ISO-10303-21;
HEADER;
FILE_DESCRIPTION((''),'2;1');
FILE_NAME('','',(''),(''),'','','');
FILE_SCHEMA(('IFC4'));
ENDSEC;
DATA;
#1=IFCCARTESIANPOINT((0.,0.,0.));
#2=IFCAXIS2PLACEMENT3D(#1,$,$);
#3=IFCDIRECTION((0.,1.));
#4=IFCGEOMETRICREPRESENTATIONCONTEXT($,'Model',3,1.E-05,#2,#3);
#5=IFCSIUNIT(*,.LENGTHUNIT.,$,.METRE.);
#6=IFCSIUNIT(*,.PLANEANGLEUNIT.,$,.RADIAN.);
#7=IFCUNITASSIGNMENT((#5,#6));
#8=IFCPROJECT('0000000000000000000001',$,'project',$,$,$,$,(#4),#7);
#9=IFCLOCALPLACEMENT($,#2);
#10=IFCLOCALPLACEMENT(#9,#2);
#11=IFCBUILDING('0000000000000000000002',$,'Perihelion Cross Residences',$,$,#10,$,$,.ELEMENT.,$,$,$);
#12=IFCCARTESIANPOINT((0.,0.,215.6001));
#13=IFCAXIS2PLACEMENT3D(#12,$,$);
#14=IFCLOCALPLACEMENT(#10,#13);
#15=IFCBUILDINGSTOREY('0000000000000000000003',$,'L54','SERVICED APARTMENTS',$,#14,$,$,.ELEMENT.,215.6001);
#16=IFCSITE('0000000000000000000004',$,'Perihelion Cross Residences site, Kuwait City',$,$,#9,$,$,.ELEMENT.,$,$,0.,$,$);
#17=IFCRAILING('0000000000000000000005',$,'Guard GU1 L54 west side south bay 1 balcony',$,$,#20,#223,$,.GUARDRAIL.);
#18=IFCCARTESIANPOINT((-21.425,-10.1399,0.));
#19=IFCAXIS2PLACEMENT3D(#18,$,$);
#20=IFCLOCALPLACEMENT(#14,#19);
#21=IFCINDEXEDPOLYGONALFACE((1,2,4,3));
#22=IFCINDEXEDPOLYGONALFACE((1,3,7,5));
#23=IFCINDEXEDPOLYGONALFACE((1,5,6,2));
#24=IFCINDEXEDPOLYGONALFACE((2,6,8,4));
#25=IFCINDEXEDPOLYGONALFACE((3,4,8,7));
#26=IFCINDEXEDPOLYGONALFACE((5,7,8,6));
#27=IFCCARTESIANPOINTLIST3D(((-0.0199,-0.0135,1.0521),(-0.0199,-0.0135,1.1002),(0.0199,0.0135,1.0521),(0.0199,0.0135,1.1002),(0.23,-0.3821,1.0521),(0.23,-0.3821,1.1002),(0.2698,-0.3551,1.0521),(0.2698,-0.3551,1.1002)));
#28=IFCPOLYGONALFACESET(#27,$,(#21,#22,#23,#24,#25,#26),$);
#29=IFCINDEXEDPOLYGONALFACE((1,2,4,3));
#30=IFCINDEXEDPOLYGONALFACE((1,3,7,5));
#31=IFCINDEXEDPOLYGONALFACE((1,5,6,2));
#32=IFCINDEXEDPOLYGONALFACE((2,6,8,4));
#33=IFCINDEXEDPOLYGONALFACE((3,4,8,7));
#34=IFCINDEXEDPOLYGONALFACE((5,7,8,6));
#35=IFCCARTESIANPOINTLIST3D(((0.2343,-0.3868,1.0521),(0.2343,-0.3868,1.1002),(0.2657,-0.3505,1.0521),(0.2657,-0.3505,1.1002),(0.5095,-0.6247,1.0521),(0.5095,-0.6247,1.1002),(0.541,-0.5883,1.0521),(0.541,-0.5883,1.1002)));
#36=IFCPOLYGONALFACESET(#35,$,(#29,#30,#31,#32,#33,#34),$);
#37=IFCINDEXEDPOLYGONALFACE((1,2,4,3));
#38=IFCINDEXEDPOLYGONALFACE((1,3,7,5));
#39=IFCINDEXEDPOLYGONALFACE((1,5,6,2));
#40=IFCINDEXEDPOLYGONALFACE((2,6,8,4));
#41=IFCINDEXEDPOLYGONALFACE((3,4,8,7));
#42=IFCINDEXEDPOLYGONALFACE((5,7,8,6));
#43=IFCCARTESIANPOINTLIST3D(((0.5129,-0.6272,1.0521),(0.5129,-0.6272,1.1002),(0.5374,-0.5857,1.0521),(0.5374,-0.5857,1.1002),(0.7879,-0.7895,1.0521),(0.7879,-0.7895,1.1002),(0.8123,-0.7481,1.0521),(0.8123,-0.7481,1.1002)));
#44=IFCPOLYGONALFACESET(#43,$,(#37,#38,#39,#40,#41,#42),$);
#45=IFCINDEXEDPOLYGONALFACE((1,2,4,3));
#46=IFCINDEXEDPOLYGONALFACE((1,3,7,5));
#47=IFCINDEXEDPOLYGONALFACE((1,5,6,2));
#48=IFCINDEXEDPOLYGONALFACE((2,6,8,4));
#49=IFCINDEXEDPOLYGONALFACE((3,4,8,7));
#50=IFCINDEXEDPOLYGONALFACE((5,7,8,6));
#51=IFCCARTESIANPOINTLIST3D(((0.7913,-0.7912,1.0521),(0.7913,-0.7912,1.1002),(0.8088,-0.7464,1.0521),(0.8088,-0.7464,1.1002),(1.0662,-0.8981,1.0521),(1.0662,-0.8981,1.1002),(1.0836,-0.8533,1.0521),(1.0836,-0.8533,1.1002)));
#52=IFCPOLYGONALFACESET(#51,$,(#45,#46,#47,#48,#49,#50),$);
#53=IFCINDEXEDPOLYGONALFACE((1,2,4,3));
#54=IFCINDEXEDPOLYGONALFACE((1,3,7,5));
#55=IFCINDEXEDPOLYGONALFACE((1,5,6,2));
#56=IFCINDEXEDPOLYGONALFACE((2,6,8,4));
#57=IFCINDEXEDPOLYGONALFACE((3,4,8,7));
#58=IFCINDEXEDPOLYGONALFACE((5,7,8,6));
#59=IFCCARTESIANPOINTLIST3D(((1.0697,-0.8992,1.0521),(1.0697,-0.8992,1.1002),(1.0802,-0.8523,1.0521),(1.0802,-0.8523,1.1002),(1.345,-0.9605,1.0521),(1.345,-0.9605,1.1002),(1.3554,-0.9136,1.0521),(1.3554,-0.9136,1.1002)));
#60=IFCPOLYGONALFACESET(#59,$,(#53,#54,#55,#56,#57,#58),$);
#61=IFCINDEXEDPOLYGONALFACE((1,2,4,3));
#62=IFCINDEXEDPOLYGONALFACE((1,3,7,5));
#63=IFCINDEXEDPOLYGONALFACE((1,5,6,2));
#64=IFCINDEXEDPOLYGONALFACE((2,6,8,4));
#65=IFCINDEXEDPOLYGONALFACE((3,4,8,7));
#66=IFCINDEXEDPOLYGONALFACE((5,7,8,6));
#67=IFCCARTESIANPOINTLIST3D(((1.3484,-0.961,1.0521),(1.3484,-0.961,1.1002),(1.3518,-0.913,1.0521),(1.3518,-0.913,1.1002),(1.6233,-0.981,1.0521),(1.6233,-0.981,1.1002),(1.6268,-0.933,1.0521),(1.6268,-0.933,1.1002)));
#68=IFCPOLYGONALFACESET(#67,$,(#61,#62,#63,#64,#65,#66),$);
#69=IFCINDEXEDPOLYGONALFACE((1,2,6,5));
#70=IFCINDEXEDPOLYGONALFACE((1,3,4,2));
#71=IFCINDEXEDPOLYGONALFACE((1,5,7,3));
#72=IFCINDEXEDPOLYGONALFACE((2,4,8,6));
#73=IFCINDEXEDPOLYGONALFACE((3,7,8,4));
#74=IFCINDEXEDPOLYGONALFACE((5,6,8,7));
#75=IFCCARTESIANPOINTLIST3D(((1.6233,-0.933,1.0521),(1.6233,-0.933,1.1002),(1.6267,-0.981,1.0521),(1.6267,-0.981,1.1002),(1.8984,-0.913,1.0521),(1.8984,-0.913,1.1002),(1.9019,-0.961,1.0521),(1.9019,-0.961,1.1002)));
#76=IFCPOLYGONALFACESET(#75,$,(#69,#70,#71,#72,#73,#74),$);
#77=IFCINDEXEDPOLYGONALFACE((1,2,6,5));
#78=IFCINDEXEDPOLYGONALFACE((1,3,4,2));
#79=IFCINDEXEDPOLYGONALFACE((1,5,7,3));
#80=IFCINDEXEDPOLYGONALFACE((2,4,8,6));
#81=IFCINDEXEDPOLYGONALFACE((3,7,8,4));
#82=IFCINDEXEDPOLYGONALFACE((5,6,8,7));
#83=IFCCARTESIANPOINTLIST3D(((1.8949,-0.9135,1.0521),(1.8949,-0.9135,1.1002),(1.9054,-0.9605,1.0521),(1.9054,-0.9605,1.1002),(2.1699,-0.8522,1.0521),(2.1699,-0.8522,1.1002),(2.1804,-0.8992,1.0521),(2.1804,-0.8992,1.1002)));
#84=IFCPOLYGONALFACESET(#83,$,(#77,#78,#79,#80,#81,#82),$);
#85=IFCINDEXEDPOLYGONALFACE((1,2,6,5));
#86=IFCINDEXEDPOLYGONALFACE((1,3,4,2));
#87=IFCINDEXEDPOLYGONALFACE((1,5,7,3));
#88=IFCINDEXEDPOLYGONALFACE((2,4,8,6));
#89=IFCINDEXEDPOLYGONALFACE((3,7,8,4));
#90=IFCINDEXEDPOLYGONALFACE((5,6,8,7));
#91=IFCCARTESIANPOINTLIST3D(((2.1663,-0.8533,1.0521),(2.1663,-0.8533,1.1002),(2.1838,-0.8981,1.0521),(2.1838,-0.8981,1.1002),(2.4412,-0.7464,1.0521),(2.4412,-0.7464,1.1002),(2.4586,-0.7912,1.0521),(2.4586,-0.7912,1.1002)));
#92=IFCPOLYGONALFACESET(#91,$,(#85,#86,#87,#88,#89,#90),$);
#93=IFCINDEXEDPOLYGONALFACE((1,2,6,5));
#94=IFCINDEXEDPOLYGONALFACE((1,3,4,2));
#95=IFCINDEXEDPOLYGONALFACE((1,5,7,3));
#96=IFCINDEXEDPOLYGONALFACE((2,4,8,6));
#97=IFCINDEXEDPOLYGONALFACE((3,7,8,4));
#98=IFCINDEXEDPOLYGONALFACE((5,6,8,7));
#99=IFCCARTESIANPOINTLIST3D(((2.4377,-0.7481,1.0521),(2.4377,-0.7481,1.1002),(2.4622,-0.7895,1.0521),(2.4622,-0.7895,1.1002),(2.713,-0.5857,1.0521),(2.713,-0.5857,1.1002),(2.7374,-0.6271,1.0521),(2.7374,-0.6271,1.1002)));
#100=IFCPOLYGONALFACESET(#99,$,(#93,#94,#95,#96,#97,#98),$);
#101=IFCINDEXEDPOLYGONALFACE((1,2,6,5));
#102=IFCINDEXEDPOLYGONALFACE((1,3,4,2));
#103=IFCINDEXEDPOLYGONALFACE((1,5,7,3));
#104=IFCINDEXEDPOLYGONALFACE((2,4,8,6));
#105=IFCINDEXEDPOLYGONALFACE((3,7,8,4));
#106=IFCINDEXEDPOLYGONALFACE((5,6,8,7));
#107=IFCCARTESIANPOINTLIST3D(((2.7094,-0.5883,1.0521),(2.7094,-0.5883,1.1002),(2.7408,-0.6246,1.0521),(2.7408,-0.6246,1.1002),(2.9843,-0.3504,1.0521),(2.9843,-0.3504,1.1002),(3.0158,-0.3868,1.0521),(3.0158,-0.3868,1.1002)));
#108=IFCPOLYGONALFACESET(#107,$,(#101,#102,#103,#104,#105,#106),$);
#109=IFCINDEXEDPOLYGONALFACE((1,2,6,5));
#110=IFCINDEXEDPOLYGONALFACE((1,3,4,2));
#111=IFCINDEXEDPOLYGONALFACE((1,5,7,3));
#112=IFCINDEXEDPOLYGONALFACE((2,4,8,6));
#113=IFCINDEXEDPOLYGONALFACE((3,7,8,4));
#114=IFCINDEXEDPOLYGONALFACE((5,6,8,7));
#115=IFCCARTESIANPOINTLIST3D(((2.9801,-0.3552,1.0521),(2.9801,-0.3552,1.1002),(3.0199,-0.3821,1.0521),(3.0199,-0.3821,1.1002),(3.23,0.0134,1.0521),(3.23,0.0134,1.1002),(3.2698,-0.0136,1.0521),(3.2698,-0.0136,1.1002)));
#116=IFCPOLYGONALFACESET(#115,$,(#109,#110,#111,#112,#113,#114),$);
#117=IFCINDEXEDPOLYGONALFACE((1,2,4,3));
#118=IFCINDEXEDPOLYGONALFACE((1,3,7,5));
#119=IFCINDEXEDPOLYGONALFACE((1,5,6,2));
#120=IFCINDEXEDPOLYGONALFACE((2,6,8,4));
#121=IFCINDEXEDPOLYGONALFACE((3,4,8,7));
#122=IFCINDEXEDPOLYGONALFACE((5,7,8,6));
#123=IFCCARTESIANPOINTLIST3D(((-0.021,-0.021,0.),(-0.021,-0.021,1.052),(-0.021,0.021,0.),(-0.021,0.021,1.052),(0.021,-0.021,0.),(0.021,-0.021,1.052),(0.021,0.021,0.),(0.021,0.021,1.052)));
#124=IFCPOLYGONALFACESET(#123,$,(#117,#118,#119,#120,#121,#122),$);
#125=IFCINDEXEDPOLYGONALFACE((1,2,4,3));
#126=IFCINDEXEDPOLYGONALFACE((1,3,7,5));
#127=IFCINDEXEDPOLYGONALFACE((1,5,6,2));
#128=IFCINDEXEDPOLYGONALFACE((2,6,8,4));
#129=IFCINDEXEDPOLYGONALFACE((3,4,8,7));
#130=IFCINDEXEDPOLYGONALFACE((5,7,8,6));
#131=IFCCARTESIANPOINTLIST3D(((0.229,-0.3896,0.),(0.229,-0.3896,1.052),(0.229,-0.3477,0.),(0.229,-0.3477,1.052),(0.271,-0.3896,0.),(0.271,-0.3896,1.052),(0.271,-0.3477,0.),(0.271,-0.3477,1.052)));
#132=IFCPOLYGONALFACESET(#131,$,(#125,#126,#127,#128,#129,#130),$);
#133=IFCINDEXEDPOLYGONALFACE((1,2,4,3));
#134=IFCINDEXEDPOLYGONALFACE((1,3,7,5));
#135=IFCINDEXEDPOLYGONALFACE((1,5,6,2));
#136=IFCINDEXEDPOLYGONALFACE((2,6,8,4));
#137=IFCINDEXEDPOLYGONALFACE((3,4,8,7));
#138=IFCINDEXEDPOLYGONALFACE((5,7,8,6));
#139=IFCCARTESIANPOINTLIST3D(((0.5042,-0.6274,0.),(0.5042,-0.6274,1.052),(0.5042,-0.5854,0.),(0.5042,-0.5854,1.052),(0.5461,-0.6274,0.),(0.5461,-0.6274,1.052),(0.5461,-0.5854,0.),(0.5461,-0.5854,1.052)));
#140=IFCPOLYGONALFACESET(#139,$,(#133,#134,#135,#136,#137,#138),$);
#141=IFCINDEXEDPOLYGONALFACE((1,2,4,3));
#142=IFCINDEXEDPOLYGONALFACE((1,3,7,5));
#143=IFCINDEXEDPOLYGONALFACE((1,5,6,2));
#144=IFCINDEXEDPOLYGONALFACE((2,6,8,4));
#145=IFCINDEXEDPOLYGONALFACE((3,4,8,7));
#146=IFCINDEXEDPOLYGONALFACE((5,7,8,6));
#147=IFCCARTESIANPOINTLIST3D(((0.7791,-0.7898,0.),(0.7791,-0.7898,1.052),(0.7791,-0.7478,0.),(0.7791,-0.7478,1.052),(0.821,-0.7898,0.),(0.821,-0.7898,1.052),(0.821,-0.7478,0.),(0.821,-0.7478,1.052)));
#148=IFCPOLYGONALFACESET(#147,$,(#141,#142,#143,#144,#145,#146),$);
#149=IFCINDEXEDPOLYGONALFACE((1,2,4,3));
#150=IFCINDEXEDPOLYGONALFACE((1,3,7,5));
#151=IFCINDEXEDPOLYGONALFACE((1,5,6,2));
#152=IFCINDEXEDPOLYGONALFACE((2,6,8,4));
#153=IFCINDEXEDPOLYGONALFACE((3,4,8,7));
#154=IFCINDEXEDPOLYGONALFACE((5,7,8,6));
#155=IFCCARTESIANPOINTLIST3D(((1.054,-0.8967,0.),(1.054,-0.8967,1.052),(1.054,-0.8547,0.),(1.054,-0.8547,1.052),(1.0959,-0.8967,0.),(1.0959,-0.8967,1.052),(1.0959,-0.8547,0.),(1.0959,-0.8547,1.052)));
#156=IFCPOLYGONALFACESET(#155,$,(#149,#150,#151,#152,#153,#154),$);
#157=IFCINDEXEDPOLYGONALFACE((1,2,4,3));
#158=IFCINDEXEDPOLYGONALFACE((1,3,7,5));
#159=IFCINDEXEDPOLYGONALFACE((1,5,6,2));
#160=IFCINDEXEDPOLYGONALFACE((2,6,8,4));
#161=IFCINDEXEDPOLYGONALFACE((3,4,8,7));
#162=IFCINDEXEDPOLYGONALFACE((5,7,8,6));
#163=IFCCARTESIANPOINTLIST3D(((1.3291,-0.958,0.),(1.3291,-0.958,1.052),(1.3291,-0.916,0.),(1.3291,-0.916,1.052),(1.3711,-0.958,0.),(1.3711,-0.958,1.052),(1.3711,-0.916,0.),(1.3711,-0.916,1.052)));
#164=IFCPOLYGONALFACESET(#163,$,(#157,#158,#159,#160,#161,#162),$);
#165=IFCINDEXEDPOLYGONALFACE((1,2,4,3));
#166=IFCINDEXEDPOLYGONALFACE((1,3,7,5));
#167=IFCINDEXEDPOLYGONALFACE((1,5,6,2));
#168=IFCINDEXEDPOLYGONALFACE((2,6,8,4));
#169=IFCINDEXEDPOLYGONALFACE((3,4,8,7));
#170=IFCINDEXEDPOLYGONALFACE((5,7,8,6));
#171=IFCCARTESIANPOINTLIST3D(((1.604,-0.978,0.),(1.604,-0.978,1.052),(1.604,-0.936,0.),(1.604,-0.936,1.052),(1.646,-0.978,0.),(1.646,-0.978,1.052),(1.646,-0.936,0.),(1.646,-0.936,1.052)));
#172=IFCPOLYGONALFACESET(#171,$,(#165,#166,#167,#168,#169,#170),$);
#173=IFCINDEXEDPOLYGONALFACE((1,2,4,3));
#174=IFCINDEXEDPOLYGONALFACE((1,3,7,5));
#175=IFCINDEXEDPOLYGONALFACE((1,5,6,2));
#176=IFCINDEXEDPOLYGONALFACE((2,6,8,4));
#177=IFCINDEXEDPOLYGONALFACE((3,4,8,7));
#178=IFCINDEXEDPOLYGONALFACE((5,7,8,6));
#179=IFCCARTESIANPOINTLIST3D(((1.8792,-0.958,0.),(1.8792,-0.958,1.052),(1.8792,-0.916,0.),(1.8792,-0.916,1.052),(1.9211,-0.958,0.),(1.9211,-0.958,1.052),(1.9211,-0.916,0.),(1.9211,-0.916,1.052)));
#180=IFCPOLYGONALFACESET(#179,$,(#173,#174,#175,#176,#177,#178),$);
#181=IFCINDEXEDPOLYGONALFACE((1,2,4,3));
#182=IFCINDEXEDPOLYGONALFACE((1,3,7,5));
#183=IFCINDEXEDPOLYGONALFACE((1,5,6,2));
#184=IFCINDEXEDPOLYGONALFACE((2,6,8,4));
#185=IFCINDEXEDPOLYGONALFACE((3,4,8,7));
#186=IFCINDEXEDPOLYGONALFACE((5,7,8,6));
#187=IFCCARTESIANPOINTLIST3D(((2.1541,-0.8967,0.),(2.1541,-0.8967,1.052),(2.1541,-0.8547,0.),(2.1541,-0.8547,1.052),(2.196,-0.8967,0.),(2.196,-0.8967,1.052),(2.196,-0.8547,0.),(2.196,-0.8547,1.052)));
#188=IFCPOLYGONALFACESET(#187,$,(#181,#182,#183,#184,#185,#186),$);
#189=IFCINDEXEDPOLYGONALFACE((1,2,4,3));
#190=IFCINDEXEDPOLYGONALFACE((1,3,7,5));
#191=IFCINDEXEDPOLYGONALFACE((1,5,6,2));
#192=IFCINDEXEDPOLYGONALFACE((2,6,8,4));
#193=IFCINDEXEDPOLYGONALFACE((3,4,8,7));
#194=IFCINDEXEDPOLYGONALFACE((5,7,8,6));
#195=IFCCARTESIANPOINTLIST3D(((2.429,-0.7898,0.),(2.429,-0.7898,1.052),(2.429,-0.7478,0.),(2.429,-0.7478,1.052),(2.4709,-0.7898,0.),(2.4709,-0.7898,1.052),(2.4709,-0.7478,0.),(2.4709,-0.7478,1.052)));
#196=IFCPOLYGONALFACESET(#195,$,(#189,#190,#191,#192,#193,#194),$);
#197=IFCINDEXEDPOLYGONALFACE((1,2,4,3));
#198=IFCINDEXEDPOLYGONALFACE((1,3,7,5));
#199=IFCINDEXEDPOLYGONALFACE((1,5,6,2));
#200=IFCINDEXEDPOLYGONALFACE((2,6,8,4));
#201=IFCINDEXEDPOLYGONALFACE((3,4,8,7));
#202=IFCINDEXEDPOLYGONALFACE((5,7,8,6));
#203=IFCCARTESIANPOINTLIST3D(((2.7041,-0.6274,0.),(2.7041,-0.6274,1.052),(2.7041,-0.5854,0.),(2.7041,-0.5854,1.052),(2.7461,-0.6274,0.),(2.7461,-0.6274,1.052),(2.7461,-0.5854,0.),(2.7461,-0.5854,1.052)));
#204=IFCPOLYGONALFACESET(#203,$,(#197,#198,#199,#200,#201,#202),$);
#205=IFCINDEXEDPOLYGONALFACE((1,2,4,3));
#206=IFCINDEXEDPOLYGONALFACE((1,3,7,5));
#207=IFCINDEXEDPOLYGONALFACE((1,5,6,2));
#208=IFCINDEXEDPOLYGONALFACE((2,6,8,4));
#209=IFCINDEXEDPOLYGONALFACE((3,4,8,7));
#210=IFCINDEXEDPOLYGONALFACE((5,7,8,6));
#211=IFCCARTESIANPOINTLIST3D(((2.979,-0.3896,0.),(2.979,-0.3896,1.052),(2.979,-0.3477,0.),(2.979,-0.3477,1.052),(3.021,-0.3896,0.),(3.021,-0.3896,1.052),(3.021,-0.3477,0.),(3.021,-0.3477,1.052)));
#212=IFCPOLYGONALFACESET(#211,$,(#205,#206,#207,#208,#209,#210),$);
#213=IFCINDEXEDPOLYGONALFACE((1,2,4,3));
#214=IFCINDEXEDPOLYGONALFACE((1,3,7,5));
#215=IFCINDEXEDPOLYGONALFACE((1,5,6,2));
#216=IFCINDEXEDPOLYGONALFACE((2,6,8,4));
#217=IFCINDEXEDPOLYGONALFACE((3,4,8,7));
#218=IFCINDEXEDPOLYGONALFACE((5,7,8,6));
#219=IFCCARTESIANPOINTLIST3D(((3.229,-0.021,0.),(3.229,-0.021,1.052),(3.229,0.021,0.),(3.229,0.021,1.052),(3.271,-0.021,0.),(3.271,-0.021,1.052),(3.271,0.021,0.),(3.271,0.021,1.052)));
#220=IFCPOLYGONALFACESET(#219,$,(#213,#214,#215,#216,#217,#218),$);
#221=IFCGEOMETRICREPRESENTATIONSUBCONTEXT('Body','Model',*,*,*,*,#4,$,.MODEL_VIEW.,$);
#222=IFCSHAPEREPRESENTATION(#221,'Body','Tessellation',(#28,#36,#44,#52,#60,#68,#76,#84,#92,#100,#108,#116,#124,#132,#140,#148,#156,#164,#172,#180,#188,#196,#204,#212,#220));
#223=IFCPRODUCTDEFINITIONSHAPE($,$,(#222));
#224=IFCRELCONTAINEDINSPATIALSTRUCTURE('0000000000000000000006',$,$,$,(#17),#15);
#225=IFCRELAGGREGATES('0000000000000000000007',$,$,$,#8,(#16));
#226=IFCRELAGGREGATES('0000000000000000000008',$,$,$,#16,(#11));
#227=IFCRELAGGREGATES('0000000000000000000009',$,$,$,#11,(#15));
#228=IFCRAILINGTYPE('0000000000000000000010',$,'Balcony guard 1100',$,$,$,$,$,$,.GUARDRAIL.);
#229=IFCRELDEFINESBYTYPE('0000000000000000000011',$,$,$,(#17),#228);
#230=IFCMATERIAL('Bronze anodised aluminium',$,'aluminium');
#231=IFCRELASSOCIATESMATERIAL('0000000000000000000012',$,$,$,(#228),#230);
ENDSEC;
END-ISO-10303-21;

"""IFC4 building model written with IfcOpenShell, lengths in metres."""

from ifc_helpers import new_model, si_unit, direction, frame, origin, origin_2d, place, context, subcontext, project, spatial, rectangle, extrude, material, type_object, element, save


model = new_model("IFC4")

# Units and contexts
model_context = context("Model", 3, precision=1e-05, world=origin(), true_north=direction((0.0, 1.0)))
body_context = subcontext(model_context, "Body", "Model", "MODEL_VIEW")
ifc_project = project(units=[si_unit("LENGTHUNIT", "METRE"), si_unit("PLANEANGLEUNIT", "RADIAN")], contexts=[model_context])

# Site, building, storey
site_placement = place(None, origin())
site = spatial("IfcSite", under=ifc_project, at=site_placement, Name="Perihelion Cross Residences site, Kuwait City", CompositionType="ELEMENT", RefElevation=0.0)
building_placement = place(site_placement, origin())
building = spatial("IfcBuilding", under=site, at=building_placement, Name="Perihelion Cross Residences", CompositionType="ELEMENT")
storey_placement = place(building_placement, frame((0.0, 0.0, 215.6001)))
storey = spatial("IfcBuildingStorey", under=building, at=storey_placement, Name="L54", Description="SERVICED APARTMENTS", CompositionType="ELEMENT", Elevation=215.6001)

# Railing
ifc_material_1 = material(Name="Bronze anodised aluminium", Category="aluminium")
railing_type_1 = type_object("IfcRailingType", Name="Balcony guard 1100", PredefinedType="GUARDRAIL", material=ifc_material_1)
railing_1_placement = place(storey_placement, frame((-21.425, -10.1399, 0.0)))
element("IfcRailing", 1, at=railing_1_placement, inside=storey, type_object=railing_type_1, Name="Guard GU1 L54 west side south bay 1 balcony", PredefinedType="GUARDRAIL", context=body_context, shape_type="SweptSolid", body=[
    extrude(rectangle(XDim=0.0481, YDim=0.0481, at=origin_2d()), frame((0.0, 0.0, 1.0762), z_axis=(0.56126, -0.827639, 0.0), x_axis=(0.827639, 0.56126, 0.0)), (0.0, 0.0, 1.0), 0.4453),
    extrude(rectangle(XDim=0.0481, YDim=0.0481, at=origin_2d()), frame((0.25, -0.3687, 1.0762), z_axis=(0.756597, -0.653882, 0.0), x_axis=(0.653882, 0.756597, 0.0)), (0.0, 0.0, 1.0), 0.3638),
    extrude(rectangle(XDim=0.0481, YDim=0.0481, at=origin_2d()), frame((0.5251, -0.6064, 1.0762), z_axis=(0.861048, -0.508523, 0.0), x_axis=(0.508523, 0.861048, 0.0)), (0.0, 0.0, 1.0), 0.3193),
    extrude(rectangle(XDim=0.0481, YDim=0.0481, at=origin_2d()), frame((0.8, -0.7688, 1.0762), z_axis=(0.931974, -0.362526, 0.0), x_axis=(0.362526, 0.931974, 0.0)), (0.0, 0.0, 1.0), 0.2949),
    extrude(rectangle(XDim=0.0481, YDim=0.0481, at=origin_2d()), frame((1.075, -0.8757, 1.0762), z_axis=(0.976085, -0.217389, 0.0), x_axis=(0.217389, 0.976085, 0.0)), (0.0, 0.0, 1.0), 0.282),
    extrude(rectangle(XDim=0.0481, YDim=0.0481, at=origin_2d()), frame((1.3501, -0.937, 1.0762), z_axis=(0.997359, -0.072632, 0.0), x_axis=(0.072632, 0.997359, 0.0)), (0.0, 0.0, 1.0), 0.2756),
    extrude(rectangle(XDim=0.0481, YDim=0.0481, at=origin_2d()), frame((1.625, -0.957, 1.0762), z_axis=(0.997363, 0.072568, 0.0), x_axis=(-0.072568, 0.997363, 0.0)), (0.0, 0.0, 1.0), 0.2759),
    extrude(rectangle(XDim=0.0481, YDim=0.0481, at=origin_2d()), frame((1.9001, -0.937, 1.0762), z_axis=(0.976044, 0.217573, 0.0), x_axis=(-0.217573, 0.976044, 0.0)), (0.0, 0.0, 1.0), 0.2817),
    extrude(rectangle(XDim=0.0481, YDim=0.0481, at=origin_2d()), frame((2.175, -0.8757, 1.0762), z_axis=(0.931974, 0.362526, 0.0), x_axis=(-0.362526, 0.931974, 0.0)), (0.0, 0.0, 1.0), 0.2949),
    extrude(rectangle(XDim=0.0481, YDim=0.0481, at=origin_2d()), frame((2.45, -0.7688, 1.0762), z_axis=(0.861246, 0.508189, 0.0), x_axis=(-0.508189, 0.861246, 0.0)), (0.0, 0.0, 1.0), 0.3196),
    extrude(rectangle(XDim=0.0481, YDim=0.0481, at=origin_2d()), frame((2.7251, -0.6064, 1.0762), z_axis=(0.756309, 0.654214, 0.0), x_axis=(-0.654214, 0.756309, 0.0)), (0.0, 0.0, 1.0), 0.3635),
    extrude(rectangle(XDim=0.0481, YDim=0.0481, at=origin_2d()), frame((3.0, -0.3687, 1.0762), z_axis=(0.56126, 0.827639, 0.0), x_axis=(-0.827639, 0.56126, 0.0)), (0.0, 0.0, 1.0), 0.4453),
    extrude(rectangle(XDim=0.042, YDim=0.042, at=origin_2d()), origin(), (0.0, 0.0, 1.0), 1.052),
    extrude(rectangle(XDim=0.042, YDim=0.042, at=origin_2d()), frame((0.25, -0.3687, 0.0)), (0.0, 0.0, 1.0), 1.052),
    extrude(rectangle(XDim=0.042, YDim=0.042, at=origin_2d()), frame((0.5251, -0.6064, 0.0)), (0.0, 0.0, 1.0), 1.052),
    extrude(rectangle(XDim=0.042, YDim=0.042, at=origin_2d()), frame((0.8, -0.7688, 0.0)), (0.0, 0.0, 1.0), 1.052),
    extrude(rectangle(XDim=0.042, YDim=0.042, at=origin_2d()), frame((1.075, -0.8757, 0.0)), (0.0, 0.0, 1.0), 1.052),
    extrude(rectangle(XDim=0.042, YDim=0.042, at=origin_2d()), frame((1.3501, -0.937, 0.0)), (0.0, 0.0, 1.0), 1.052),
    extrude(rectangle(XDim=0.042, YDim=0.042, at=origin_2d()), frame((1.625, -0.957, 0.0)), (0.0, 0.0, 1.0), 1.052),
    extrude(rectangle(XDim=0.042, YDim=0.042, at=origin_2d()), frame((1.9001, -0.937, 0.0)), (0.0, 0.0, 1.0), 1.052),
    extrude(rectangle(XDim=0.042, YDim=0.042, at=origin_2d()), frame((2.175, -0.8757, 0.0)), (0.0, 0.0, 1.0), 1.052),
    extrude(rectangle(XDim=0.042, YDim=0.042, at=origin_2d()), frame((2.45, -0.7688, 0.0)), (0.0, 0.0, 1.0), 1.052),
    extrude(rectangle(XDim=0.042, YDim=0.042, at=origin_2d()), frame((2.7251, -0.6064, 0.0)), (0.0, 0.0, 1.0), 1.052),
    extrude(rectangle(XDim=0.042, YDim=0.042, at=origin_2d()), frame((3.0, -0.3687, 0.0)), (0.0, 0.0, 1.0), 1.052),
    extrude(rectangle(XDim=0.042, YDim=0.042, at=origin_2d()), frame((3.25, 0.0, 0.0)), (0.0, 0.0, 1.0), 1.052),
])

save(model, "model.ifc")
